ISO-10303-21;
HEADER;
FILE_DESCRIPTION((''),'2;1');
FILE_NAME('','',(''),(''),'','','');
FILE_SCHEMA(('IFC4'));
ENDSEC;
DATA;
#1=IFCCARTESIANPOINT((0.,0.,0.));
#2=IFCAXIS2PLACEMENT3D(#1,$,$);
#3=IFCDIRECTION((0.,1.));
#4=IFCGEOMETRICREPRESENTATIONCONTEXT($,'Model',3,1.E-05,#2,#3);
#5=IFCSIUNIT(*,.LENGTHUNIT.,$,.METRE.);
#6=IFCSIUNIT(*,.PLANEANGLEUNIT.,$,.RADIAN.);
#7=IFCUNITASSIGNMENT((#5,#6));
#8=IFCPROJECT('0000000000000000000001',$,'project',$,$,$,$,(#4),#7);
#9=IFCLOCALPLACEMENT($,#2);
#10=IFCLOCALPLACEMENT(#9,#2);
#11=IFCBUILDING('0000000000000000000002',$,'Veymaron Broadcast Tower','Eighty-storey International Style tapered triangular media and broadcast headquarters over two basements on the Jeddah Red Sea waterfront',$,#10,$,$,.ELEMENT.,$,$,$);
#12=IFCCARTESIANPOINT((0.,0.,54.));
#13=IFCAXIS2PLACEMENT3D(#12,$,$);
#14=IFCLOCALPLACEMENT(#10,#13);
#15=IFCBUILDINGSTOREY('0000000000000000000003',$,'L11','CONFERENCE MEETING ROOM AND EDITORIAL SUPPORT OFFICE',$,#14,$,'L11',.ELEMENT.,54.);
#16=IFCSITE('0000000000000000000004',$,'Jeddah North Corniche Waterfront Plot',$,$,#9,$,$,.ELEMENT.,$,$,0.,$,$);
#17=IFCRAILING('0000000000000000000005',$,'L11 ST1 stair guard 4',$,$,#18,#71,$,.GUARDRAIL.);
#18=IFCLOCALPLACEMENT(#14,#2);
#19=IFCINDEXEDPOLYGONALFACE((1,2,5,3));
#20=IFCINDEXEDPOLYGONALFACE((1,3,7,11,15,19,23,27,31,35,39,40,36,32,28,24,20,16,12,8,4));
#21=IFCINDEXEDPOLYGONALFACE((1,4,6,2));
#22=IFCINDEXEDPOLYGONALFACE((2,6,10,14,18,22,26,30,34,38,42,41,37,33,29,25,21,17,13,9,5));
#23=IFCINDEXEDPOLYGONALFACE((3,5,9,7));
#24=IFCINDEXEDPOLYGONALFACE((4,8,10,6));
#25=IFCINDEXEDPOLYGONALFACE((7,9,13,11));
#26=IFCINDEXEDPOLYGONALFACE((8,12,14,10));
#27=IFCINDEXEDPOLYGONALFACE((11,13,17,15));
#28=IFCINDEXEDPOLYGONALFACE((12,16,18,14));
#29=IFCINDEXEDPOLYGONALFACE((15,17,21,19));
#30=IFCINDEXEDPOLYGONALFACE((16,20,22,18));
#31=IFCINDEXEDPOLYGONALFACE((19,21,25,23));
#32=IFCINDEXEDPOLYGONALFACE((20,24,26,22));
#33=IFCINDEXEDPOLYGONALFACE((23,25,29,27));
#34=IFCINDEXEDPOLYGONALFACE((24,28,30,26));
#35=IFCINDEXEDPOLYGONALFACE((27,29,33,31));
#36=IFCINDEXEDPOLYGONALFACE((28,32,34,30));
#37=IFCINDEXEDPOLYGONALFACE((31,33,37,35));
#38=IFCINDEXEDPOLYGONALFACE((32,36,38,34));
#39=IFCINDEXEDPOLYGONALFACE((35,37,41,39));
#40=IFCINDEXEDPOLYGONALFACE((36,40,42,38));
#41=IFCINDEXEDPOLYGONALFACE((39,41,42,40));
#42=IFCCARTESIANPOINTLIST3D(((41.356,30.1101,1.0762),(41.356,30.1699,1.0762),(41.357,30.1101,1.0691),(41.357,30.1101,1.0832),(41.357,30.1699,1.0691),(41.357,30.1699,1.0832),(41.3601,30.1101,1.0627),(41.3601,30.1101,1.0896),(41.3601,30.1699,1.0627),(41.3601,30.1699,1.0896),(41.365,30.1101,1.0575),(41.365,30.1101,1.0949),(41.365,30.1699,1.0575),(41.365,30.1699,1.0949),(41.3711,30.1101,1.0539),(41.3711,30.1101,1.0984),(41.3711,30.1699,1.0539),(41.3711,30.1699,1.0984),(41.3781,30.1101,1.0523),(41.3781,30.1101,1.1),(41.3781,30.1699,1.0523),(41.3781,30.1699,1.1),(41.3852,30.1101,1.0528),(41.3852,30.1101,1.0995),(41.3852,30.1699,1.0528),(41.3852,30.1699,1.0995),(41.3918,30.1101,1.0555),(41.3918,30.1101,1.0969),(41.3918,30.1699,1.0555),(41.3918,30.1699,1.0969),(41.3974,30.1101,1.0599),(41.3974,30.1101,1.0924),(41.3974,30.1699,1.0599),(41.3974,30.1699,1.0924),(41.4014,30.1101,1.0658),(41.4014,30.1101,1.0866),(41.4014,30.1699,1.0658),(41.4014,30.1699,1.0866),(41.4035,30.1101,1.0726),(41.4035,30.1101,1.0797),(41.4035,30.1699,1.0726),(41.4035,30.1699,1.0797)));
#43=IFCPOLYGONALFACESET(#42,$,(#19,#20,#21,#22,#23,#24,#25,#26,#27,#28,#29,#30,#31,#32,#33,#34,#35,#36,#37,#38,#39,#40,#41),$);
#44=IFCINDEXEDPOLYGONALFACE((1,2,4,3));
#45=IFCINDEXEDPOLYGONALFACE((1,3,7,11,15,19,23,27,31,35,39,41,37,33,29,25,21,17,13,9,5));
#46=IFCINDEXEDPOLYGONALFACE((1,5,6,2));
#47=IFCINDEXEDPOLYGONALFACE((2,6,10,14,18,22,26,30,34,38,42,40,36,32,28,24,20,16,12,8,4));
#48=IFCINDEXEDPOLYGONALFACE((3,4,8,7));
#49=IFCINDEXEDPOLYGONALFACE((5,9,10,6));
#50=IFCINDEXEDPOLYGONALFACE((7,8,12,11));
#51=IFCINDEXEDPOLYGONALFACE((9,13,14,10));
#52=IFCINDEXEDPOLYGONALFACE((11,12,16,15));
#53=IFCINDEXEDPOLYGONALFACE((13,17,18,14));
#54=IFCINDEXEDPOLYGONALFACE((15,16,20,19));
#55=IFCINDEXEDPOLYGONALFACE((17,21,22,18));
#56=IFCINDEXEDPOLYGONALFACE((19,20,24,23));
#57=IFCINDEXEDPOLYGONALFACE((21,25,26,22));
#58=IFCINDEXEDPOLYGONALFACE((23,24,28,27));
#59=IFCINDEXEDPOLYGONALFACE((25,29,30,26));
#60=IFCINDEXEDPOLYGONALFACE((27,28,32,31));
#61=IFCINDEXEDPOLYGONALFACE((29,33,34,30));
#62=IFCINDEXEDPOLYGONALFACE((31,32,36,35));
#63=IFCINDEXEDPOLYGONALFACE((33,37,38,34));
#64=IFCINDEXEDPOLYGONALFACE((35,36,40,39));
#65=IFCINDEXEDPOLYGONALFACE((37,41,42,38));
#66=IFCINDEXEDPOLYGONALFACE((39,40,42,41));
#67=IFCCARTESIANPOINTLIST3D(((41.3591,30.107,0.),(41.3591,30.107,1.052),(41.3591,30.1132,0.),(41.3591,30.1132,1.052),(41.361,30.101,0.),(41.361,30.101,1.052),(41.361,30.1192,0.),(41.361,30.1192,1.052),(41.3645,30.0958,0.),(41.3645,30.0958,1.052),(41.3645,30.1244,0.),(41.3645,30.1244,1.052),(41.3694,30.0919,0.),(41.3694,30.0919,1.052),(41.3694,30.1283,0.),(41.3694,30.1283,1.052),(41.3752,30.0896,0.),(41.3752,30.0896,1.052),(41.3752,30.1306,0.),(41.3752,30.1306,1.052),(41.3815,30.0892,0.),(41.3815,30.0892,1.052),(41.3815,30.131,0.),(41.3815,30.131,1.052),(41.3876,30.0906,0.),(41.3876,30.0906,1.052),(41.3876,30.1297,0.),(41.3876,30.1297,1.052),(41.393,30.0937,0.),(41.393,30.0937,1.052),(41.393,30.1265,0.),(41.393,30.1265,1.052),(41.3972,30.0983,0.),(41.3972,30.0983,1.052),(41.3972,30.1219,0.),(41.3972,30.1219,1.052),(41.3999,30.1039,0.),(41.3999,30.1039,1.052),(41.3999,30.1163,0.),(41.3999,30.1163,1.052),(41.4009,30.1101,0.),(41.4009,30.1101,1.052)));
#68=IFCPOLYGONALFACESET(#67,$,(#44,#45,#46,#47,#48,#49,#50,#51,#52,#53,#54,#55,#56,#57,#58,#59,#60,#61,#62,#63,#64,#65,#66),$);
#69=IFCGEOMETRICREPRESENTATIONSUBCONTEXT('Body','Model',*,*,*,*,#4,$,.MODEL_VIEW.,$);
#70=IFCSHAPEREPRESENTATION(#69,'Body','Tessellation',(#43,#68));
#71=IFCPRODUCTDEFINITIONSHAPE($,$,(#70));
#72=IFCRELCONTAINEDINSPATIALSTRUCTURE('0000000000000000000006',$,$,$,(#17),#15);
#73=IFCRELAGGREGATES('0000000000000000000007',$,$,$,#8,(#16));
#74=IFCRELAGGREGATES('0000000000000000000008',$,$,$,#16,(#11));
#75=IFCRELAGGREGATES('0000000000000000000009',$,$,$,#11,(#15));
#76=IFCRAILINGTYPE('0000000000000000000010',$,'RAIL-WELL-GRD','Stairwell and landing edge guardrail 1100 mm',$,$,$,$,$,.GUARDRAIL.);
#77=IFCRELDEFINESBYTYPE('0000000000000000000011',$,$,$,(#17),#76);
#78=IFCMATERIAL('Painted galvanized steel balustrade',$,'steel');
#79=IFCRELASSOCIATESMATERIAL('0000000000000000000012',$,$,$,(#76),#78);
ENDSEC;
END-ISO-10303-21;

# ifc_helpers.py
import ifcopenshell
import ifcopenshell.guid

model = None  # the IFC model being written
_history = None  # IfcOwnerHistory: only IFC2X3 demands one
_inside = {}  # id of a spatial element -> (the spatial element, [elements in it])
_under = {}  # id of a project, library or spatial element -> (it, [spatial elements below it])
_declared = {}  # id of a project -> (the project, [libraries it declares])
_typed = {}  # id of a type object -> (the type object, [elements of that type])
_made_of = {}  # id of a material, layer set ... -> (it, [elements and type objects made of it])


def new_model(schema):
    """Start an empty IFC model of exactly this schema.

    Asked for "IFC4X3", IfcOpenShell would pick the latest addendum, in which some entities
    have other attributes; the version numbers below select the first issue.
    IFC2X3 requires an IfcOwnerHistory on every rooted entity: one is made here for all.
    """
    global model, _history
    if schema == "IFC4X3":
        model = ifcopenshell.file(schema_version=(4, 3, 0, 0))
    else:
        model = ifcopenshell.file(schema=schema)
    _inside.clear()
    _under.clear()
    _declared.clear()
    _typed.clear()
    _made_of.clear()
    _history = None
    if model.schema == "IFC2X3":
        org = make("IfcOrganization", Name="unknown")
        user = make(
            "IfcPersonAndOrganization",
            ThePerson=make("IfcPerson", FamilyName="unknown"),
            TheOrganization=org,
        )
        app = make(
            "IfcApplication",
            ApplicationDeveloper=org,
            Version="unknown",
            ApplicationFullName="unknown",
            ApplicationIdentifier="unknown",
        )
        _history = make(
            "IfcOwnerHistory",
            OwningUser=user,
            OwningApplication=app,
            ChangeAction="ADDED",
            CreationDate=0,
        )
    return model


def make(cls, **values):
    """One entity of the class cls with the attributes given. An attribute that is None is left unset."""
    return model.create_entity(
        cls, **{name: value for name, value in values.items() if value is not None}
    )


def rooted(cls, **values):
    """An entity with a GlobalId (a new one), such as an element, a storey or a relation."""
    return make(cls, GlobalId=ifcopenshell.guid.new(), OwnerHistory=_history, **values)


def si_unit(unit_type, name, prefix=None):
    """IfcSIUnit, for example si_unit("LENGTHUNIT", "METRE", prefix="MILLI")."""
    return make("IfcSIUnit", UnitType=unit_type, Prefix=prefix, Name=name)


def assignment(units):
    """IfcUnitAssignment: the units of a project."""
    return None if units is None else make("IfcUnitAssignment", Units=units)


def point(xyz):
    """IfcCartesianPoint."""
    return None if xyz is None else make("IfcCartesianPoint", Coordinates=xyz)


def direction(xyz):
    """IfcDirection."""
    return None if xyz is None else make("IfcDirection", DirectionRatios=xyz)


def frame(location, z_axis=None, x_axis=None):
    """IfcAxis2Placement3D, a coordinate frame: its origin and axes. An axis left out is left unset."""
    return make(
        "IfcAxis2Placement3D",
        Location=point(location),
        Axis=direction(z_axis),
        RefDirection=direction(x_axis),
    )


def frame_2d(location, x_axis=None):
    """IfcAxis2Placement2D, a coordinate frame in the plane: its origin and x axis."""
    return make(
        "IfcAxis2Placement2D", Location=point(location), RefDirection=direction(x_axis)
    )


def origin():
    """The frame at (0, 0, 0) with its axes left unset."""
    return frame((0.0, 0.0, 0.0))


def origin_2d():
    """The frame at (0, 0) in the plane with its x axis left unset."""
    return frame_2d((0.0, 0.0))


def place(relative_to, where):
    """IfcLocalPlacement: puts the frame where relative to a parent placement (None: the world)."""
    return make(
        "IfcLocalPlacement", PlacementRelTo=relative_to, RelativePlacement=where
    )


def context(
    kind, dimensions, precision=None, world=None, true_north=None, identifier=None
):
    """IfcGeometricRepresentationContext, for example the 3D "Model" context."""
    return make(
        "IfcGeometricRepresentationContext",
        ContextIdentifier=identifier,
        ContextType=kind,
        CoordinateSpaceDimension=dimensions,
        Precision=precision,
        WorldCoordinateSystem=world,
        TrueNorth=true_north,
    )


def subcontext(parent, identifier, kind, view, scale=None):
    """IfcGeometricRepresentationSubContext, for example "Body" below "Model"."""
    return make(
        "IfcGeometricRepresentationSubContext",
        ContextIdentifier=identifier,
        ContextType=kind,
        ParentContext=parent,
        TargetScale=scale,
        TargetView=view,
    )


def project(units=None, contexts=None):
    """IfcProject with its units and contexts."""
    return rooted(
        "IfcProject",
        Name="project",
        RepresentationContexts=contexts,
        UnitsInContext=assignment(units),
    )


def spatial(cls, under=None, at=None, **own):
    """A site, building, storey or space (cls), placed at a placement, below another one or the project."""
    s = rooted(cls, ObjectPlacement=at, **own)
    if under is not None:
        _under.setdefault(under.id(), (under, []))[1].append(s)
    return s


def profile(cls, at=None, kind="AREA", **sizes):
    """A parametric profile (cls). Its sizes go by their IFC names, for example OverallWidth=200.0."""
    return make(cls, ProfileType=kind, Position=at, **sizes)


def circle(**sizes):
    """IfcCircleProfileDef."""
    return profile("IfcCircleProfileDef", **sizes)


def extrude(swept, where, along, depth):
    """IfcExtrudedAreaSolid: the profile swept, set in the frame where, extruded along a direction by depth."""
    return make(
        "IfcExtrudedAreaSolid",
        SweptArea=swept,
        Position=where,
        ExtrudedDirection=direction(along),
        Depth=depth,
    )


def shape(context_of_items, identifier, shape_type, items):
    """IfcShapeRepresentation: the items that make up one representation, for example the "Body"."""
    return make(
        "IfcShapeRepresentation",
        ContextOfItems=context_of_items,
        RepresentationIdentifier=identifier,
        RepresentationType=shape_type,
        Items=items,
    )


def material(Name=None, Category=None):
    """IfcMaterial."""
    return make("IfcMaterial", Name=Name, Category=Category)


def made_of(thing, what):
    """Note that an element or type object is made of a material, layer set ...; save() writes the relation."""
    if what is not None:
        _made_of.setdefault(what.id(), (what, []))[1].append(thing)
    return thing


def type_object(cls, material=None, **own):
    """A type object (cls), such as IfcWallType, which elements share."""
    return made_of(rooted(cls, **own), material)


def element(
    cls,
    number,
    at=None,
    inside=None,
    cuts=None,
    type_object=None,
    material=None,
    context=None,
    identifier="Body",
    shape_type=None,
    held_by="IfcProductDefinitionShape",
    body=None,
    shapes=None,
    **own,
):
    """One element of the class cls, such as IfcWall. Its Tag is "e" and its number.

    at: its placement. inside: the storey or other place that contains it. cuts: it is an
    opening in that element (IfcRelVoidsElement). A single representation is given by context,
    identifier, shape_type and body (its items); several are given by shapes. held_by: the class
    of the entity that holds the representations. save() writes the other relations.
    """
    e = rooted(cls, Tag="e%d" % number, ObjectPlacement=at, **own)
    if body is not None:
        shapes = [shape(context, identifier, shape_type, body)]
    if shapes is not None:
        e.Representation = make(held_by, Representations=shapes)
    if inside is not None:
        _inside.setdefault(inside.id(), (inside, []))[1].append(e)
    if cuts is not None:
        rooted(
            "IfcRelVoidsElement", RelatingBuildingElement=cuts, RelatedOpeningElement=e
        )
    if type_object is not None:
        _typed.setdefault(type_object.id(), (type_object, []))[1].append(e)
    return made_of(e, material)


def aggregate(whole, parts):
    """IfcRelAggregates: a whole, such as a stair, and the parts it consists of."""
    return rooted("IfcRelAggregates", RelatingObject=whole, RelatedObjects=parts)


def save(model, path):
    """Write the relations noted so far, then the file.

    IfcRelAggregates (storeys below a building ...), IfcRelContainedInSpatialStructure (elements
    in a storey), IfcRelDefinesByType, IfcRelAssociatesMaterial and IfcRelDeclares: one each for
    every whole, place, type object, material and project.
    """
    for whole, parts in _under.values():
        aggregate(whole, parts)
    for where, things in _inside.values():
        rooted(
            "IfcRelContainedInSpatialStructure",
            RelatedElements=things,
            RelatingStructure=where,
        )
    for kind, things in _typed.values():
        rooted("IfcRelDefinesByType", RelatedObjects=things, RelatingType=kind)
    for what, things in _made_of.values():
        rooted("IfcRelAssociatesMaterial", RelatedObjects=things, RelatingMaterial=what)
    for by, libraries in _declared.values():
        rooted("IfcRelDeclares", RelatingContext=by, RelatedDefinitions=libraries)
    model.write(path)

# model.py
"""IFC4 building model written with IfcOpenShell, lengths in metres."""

from ifc_helpers import new_model, si_unit, direction, frame, origin, origin_2d, place, context, subcontext, project, spatial, circle, extrude, material, type_object, element, save


model = new_model("IFC4")

# Units and contexts
model_context = context("Model", 3, precision=1e-05, world=origin(), true_north=direction((0.0, 1.0)))
body_context = subcontext(model_context, "Body", "Model", "MODEL_VIEW")
ifc_project = project(units=[si_unit("LENGTHUNIT", "METRE"), si_unit("PLANEANGLEUNIT", "RADIAN")], contexts=[model_context])

# Site, building, storey
site_placement = place(None, origin())
site = spatial("IfcSite", under=ifc_project, at=site_placement, Name="Jeddah North Corniche Waterfront Plot", CompositionType="ELEMENT", RefElevation=0.0)
building_placement = place(site_placement, origin())
building = spatial("IfcBuilding", under=site, at=building_placement, Name="Veymaron Broadcast Tower", Description="Eighty-storey International Style tapered triangular media and broadcast headquarters over two basements on the Jeddah Red Sea waterfront", CompositionType="ELEMENT")
storey_placement = place(building_placement, frame((0.0, 0.0, 54.0)))
storey = spatial("IfcBuildingStorey", under=building, at=storey_placement, Name="L11", Description="CONFERENCE MEETING ROOM AND EDITORIAL SUPPORT OFFICE", LongName="L11", CompositionType="ELEMENT", Elevation=54.0)

# Railing
ifc_material_1 = material(Name="Painted galvanized steel balustrade", Category="steel")
railing_type_1 = type_object("IfcRailingType", Name="RAIL-WELL-GRD", Description="Stairwell and landing edge guardrail 1100 mm", PredefinedType="GUARDRAIL", material=ifc_material_1)
railing_1_placement = place(storey_placement, frame((41.3799, 30.1101, 0.0)))
element("IfcRailing", 1, at=railing_1_placement, inside=storey, type_object=railing_type_1, Name="L11 ST1 stair guard 4", PredefinedType="GUARDRAIL", context=body_context, shape_type="SweptSolid", body=[
    extrude(circle(Radius=0.0239, at=origin_2d()), frame((0.0, 0.0, 1.0762), z_axis=(0.0, 1.0, 0.0), x_axis=(-1.0, 0.0, 0.0)), (0.0, 0.0, 1.0), 0.0598),
    extrude(circle(Radius=0.021, at=origin_2d()), origin(), (0.0, 0.0, 1.0), 1.052),
])

save(model, "model.ifc")
